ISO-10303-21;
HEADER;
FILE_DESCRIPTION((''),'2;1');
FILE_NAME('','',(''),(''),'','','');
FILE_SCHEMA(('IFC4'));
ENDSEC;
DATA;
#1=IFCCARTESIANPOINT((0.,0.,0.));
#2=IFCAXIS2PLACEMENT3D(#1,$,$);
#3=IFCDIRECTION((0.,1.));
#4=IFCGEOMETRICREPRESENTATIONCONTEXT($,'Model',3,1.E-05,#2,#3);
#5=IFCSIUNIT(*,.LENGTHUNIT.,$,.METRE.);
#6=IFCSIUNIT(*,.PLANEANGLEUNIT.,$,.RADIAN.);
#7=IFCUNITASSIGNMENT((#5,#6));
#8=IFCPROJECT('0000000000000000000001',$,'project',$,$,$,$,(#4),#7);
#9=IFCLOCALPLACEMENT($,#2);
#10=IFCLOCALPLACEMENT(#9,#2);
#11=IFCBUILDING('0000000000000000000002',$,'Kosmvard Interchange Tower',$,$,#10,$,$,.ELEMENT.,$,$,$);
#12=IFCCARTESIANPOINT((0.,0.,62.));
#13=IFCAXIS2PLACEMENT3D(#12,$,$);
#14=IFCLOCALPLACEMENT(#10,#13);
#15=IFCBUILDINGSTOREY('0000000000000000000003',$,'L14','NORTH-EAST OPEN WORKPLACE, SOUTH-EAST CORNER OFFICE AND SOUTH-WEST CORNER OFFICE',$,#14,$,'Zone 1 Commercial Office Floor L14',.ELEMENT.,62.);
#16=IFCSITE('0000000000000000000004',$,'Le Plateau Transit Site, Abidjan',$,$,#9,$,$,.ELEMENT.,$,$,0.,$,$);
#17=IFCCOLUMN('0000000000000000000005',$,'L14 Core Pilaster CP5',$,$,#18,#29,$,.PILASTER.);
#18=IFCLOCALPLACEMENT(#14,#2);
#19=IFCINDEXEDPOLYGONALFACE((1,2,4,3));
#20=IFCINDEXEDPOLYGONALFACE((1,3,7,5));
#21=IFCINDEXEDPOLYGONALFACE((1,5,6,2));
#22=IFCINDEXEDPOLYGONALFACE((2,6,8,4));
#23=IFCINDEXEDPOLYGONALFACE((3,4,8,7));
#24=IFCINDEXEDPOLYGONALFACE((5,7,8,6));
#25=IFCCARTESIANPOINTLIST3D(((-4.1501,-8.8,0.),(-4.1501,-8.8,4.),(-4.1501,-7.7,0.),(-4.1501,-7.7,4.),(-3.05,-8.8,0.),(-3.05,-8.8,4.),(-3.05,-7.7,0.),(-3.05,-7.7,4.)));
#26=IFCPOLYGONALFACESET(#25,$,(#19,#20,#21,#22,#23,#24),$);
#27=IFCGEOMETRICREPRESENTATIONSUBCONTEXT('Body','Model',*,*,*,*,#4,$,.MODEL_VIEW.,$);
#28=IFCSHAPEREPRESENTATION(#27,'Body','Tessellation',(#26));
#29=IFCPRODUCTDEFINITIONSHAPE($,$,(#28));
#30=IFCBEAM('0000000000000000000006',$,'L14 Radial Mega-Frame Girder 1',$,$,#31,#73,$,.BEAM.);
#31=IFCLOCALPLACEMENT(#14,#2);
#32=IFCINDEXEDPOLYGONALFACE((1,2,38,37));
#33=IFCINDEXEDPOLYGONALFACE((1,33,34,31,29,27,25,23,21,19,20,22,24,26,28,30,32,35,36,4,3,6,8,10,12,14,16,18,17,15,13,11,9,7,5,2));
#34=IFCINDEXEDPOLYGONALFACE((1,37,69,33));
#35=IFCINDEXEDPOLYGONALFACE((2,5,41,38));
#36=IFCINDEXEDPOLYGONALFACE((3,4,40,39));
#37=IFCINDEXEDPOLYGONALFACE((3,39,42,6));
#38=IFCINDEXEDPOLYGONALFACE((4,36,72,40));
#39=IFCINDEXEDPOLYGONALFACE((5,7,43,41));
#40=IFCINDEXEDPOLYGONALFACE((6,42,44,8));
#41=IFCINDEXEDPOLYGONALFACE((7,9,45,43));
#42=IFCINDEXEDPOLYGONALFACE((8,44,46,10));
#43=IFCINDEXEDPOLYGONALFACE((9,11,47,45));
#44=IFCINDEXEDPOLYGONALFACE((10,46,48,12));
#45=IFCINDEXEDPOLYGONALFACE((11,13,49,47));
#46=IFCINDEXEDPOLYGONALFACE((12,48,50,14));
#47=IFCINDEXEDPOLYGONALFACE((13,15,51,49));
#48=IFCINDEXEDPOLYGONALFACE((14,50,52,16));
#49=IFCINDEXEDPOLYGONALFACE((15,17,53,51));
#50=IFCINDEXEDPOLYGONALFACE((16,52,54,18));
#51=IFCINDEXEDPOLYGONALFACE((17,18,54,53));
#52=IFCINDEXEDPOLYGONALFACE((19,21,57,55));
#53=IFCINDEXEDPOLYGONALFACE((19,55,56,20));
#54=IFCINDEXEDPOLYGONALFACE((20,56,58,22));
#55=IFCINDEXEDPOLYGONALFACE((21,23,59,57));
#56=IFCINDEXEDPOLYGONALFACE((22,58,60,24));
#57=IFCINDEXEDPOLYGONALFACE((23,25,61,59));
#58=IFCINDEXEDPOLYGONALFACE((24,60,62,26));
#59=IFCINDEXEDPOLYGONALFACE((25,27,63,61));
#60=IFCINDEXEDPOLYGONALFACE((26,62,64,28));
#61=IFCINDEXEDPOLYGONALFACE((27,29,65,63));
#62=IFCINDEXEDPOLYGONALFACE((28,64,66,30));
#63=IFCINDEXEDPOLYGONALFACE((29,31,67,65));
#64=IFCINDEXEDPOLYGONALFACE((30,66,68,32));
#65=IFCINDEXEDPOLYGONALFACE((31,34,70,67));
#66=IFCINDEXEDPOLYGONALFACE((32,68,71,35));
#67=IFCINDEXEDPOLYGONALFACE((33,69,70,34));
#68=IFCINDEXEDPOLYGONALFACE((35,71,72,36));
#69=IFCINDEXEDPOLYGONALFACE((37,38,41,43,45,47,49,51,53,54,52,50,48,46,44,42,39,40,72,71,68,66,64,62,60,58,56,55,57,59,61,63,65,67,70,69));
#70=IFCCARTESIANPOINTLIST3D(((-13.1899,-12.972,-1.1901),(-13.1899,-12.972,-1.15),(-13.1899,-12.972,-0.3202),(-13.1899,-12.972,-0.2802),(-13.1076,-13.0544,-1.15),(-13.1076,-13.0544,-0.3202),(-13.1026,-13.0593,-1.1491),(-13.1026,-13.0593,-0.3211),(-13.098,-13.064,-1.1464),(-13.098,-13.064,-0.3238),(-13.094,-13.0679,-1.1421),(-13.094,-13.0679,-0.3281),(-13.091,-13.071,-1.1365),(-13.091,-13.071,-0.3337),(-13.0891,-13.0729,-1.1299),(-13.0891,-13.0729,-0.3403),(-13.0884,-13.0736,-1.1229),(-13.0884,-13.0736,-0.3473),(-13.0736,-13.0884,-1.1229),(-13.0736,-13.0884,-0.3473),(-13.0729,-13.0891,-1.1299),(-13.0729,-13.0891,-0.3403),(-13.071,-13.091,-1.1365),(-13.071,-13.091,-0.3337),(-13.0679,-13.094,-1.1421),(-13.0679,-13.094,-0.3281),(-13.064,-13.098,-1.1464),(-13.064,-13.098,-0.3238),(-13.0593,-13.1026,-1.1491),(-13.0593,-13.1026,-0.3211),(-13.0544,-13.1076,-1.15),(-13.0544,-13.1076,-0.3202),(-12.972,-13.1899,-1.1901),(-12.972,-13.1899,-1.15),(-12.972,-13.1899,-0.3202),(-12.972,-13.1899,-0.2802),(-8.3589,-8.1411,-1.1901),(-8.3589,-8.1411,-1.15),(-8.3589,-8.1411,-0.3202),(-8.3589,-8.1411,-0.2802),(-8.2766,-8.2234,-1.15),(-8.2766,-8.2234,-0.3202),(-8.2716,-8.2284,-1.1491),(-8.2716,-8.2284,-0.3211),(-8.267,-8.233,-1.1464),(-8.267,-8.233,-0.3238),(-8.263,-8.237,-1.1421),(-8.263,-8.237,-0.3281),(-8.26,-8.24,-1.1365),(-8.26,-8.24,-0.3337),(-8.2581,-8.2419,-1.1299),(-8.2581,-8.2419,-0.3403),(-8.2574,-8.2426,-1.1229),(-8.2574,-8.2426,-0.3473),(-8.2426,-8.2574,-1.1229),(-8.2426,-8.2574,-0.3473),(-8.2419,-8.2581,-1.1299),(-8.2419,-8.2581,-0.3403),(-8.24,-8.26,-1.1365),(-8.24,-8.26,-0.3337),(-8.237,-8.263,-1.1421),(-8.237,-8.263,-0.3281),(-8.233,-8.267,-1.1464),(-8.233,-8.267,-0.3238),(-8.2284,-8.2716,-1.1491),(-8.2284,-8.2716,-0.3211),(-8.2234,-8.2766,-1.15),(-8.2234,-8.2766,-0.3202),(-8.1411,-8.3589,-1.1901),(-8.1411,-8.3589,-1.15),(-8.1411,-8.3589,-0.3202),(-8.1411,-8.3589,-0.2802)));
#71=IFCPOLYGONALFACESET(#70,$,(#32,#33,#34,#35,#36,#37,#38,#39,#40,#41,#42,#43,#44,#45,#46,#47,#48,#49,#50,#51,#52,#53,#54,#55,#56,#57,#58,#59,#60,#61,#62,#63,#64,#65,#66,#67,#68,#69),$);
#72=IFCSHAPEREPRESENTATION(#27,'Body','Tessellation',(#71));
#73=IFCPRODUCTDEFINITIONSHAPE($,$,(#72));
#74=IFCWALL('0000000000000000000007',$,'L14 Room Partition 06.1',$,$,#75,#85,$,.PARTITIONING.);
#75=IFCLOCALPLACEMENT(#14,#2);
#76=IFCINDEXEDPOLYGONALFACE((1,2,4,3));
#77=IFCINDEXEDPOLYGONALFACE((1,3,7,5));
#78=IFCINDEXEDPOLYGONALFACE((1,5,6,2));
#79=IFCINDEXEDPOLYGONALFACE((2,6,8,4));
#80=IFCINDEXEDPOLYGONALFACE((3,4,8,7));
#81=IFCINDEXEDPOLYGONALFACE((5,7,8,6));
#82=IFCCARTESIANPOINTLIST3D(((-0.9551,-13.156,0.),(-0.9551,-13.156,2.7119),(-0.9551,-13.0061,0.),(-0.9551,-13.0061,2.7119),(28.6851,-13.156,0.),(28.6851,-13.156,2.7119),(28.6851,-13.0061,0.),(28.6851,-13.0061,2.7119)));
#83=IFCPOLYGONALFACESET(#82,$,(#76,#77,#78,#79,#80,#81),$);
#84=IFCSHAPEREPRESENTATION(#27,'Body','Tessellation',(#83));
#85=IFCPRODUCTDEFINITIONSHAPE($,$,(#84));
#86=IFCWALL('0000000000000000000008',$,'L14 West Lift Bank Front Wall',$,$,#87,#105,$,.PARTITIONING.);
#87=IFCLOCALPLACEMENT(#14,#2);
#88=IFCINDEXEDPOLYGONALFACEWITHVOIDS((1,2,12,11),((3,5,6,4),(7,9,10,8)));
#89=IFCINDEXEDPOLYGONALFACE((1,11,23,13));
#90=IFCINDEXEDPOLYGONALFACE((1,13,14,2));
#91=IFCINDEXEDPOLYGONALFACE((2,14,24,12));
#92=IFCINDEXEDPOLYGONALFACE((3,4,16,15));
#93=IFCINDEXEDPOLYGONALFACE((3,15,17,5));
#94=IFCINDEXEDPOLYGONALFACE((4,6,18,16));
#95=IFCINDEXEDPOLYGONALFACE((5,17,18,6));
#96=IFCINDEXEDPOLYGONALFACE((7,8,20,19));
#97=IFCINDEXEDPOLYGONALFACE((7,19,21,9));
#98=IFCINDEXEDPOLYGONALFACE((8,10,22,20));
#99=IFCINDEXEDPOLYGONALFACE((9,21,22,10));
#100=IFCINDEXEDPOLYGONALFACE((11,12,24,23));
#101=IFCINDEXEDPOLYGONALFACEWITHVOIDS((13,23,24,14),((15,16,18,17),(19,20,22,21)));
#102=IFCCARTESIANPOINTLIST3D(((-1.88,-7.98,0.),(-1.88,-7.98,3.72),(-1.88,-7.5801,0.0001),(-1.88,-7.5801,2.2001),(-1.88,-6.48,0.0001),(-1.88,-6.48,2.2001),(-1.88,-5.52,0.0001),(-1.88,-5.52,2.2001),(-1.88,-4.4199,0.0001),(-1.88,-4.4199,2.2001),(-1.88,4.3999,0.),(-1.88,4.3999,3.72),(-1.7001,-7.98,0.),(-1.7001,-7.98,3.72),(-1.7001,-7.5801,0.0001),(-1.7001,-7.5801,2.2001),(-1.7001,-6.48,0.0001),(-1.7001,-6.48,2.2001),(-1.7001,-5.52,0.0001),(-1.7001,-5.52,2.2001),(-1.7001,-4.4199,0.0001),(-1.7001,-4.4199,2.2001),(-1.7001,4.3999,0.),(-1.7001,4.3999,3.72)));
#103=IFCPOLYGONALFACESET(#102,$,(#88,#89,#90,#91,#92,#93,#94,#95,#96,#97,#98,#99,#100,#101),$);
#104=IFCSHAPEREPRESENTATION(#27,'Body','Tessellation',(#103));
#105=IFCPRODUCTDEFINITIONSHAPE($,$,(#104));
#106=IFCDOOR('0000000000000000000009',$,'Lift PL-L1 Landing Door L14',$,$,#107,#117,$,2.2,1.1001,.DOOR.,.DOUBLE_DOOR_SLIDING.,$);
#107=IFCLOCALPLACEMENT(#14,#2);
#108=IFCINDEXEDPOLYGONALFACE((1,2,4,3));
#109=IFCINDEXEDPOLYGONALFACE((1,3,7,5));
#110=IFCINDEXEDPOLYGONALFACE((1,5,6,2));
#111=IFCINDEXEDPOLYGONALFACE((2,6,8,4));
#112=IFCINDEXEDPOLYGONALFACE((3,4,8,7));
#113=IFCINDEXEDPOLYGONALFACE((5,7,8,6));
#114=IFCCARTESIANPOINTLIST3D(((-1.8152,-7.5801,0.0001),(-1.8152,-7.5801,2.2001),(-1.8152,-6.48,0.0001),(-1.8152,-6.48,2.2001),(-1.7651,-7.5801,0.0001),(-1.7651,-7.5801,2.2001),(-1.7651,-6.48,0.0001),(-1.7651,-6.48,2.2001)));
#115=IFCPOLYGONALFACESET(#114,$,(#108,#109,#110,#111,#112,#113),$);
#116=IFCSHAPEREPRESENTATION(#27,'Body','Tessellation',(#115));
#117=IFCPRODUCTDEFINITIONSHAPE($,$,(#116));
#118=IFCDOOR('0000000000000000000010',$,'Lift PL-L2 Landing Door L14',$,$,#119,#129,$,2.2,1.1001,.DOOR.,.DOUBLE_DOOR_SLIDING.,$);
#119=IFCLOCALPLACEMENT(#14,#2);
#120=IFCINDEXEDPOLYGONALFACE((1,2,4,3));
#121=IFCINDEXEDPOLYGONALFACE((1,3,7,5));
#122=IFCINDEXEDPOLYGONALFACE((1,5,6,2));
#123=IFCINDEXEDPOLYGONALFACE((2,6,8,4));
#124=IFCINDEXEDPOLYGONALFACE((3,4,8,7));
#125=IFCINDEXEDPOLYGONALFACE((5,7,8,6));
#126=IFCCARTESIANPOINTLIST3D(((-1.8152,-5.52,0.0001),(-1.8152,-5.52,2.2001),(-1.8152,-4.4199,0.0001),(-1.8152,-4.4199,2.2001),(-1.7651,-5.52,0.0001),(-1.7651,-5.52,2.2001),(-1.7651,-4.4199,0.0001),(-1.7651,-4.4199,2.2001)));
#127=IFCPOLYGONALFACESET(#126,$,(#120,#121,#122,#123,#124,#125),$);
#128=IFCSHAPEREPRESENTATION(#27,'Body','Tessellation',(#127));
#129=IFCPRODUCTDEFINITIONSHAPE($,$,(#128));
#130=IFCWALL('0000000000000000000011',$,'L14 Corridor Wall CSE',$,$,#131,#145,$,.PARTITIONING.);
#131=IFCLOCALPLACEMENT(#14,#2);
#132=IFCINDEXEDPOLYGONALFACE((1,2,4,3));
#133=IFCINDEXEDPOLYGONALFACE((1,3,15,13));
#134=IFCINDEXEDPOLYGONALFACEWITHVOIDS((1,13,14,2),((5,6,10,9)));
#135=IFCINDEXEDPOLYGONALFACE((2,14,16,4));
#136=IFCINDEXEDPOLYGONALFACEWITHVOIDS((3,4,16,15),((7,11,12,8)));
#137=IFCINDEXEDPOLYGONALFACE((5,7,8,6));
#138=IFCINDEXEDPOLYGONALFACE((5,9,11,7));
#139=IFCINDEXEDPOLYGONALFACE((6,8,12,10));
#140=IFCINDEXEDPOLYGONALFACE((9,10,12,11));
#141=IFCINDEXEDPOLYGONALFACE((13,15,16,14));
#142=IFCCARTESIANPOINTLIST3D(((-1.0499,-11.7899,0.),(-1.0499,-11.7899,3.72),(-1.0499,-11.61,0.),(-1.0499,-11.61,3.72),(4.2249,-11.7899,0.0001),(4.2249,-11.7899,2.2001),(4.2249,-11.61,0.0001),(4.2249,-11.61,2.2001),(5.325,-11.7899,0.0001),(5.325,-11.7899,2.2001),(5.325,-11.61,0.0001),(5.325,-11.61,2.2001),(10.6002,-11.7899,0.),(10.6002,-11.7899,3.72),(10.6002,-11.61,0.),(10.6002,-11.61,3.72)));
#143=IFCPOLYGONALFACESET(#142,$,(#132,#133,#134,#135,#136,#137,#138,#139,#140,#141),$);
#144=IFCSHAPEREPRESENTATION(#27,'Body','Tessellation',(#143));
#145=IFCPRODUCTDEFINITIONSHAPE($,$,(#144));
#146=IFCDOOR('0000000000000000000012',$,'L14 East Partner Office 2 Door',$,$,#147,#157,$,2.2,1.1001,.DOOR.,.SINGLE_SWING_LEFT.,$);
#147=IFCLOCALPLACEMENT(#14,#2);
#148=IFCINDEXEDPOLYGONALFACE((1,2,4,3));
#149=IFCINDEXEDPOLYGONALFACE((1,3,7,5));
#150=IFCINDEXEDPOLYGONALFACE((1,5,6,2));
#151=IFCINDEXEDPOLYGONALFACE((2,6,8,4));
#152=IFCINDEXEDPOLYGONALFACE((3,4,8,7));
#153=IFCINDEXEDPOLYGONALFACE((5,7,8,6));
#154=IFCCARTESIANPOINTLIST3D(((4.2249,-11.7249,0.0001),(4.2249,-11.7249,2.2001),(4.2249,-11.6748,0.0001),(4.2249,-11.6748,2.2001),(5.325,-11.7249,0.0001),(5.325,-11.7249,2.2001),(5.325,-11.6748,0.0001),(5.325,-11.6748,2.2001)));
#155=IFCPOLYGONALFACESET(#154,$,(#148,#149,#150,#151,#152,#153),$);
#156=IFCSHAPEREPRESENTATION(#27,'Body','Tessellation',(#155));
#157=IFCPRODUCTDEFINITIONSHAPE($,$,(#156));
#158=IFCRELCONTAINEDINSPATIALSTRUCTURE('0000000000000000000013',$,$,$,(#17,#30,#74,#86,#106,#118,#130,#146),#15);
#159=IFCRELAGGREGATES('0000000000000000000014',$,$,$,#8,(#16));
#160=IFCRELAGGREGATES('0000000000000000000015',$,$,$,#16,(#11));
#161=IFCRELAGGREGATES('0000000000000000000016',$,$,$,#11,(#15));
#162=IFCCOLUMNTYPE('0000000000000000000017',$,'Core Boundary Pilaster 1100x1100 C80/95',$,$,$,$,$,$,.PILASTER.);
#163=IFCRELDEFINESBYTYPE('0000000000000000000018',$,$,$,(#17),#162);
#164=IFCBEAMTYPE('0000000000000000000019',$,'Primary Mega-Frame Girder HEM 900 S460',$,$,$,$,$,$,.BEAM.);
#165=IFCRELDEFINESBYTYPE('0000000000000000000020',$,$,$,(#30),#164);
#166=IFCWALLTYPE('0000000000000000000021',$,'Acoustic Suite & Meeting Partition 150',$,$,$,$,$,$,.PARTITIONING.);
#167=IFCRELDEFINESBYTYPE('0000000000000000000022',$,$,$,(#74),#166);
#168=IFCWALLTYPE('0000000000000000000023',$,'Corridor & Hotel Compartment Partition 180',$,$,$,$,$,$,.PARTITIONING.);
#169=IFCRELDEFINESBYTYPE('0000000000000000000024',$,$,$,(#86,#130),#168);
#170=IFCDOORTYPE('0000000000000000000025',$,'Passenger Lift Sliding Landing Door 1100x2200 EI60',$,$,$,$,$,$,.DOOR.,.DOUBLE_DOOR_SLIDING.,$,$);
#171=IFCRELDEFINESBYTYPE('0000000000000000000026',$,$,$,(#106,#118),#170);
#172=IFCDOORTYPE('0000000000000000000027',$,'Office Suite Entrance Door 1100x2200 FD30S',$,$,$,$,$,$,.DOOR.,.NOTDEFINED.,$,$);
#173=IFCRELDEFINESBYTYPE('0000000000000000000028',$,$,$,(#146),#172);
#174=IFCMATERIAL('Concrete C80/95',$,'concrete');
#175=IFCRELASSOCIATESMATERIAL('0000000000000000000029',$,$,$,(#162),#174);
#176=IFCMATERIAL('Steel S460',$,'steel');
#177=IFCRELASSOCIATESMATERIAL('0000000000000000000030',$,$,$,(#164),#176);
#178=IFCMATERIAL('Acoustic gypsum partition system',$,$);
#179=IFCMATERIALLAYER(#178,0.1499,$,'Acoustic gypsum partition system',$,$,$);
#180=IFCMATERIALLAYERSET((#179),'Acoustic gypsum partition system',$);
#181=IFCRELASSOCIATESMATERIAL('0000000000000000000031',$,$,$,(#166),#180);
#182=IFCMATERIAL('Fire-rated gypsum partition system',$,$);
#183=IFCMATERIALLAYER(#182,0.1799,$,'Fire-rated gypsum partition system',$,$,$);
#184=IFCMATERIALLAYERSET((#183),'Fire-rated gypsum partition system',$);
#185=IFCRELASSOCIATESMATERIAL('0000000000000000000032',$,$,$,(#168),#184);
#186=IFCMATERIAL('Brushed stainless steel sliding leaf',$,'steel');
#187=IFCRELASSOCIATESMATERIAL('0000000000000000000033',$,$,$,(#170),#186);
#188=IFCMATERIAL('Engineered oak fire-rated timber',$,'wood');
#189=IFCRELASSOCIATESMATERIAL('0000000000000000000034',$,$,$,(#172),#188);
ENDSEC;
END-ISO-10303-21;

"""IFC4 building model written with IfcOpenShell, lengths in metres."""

from ifc_helpers import new_model, si_unit, direction, frame, frame_2d, origin, origin_2d, place, context, subcontext, project, spatial, rectangle, i_section, extrude, source, transform, mapped, material, layer, layer_set, material_profile, profile_set, type_object, element, fill, save


model = new_model("IFC4")

# Units and contexts
model_context = context("Model", 3, precision=1e-05, world=origin(), true_north=direction((0.0, 1.0)))
body_context = subcontext(model_context, "Body", "Model", "MODEL_VIEW")
ifc_project = project(units=[si_unit("LENGTHUNIT", "METRE"), si_unit("PLANEANGLEUNIT", "RADIAN")], contexts=[model_context])

# Site, building, storey
site_placement = place(None, origin())
site = spatial("IfcSite", under=ifc_project, at=site_placement, Name="Le Plateau Transit Site, Abidjan", CompositionType="ELEMENT", RefElevation=0.0)
building_placement = place(site_placement, origin())
building = spatial("IfcBuilding", under=site, at=building_placement, Name="Kosmvard Interchange Tower", CompositionType="ELEMENT")
storey_placement = place(building_placement, frame((0.0, 0.0, 62.0)))
storey = spatial("IfcBuildingStorey", under=building, at=storey_placement, Name="L14", Description="NORTH-EAST OPEN WORKPLACE, SOUTH-EAST CORNER OFFICE AND SOUTH-WEST CORNER OFFICE", LongName="Zone 1 Commercial Office Floor L14", CompositionType="ELEMENT", Elevation=62.0)

# Column
ifc_material_1 = material(Name="Concrete C80/95", Category="concrete")
ifc_material_profile_1 = material_profile(ifc_material_1, rectangle(XDim=1.1001, YDim=1.1001, at=origin_2d()), Name="CP 1100x1100")
ifc_profile_set_1 = profile_set([ifc_material_profile_1], Name="Concrete C80/95")
column_type = type_object("IfcColumnType", Name="Core Boundary Pilaster 1100x1100 C80/95", PredefinedType="PILASTER", material=ifc_profile_set_1)
shared_shape_1 = source(origin(), body_context, "Body", "SweptSolid", [
    extrude(rectangle(XDim=1.1001, YDim=1.1001, at=origin_2d()), origin(), (0.0, 0.0, 1.0), 4.0),
])
column_placement = place(storey_placement, frame((-3.6001, -8.25, 0.0), z_axis=(0.0, 0.0, 1.0), x_axis=(1.0, 0.0, 0.0)))
element("IfcColumn", 1, at=column_placement, inside=storey, type_object=column_type, Name="L14 Core Pilaster CP5", PredefinedType="PILASTER", context=body_context, shape_type="MappedRepresentation", body=[
    mapped(shared_shape_1, transform((0.0, 0.0, 0.0), scale=1.0)),
])

# Beam
ifc_material_2 = material(Name="Steel S460", Category="steel")
ifc_material_profile_2 = material_profile(ifc_material_2, i_section(OverallWidth=0.3081, OverallDepth=0.9099, WebThickness=0.021, FlangeThickness=0.04, FilletRadius=0.0271, at=origin_2d()), Name="HEM 900")
ifc_profile_set_2 = profile_set([ifc_material_profile_2], Name="Steel S460")
beam_type = type_object("IfcBeamType", Name="Primary Mega-Frame Girder HEM 900 S460", PredefinedType="BEAM", material=ifc_profile_set_2)
shared_shape_2 = source(origin(), body_context, "Body", "SweptSolid", [
    extrude(i_section(OverallWidth=0.3081, OverallDepth=0.9099, WebThickness=0.021, FlangeThickness=0.04, FilletRadius=0.0271, at=origin_2d()), origin(), (0.0, 0.0, 1.0), 6.832),
])
beam_placement = place(storey_placement, frame((-8.25, -8.25, -0.7351), z_axis=(-0.707107, -0.707107, 0.0), x_axis=(0.707107, -0.707107, 0.0)))
element("IfcBeam", 2, at=beam_placement, inside=storey, type_object=beam_type, Name="L14 Radial Mega-Frame Girder 1", PredefinedType="BEAM", context=body_context, shape_type="MappedRepresentation", body=[
    mapped(shared_shape_2, transform((0.0, 0.0, 0.0), scale=1.0)),
])

# Wall
ifc_material_3 = material(Name="Acoustic gypsum partition system")
ifc_layer_1 = layer(ifc_material_3, 0.1499, Name="Acoustic gypsum partition system")
ifc_layer_set_1 = layer_set([ifc_layer_1], Name="Acoustic gypsum partition system")
wall_type_1 = type_object("IfcWallType", Name="Acoustic Suite & Meeting Partition 150", PredefinedType="PARTITIONING", material=ifc_layer_set_1)
wall_1_placement = place(storey_placement, frame((-0.9551, -13.0811, 0.0), z_axis=(0.0, 0.0, 1.0), x_axis=(1.0, 0.0, 0.0)))
element("IfcWall", 3, at=wall_1_placement, inside=storey, type_object=wall_type_1, Name="L14 Room Partition 06.1", PredefinedType="PARTITIONING", context=body_context, shape_type="SweptSolid", body=[
    extrude(rectangle(XDim=29.6401, YDim=0.1499, at=frame_2d((14.8201, 0.0))), origin(), (0.0, 0.0, 1.0), 2.7119),
])

# Wall, openings, doors
ifc_material_4 = material(Name="Fire-rated gypsum partition system")
ifc_layer_2 = layer(ifc_material_4, 0.1799, Name="Fire-rated gypsum partition system")
ifc_layer_set_2 = layer_set([ifc_layer_2], Name="Fire-rated gypsum partition system")
wall_type_2 = type_object("IfcWallType", Name="Corridor & Hotel Compartment Partition 180", PredefinedType="PARTITIONING", material=ifc_layer_set_2)
wall_2_placement = place(storey_placement, frame((-1.79, -7.98, 0.0), z_axis=(0.0, 0.0, 1.0), x_axis=(0.0, 1.0, 0.0)))
wall_2 = element("IfcWall", 4, at=wall_2_placement, inside=storey, type_object=wall_type_2, Name="L14 West Lift Bank Front Wall", PredefinedType="PARTITIONING", context=body_context, shape_type="SweptSolid", body=[
    extrude(rectangle(XDim=12.3799, YDim=0.1799, at=frame_2d((6.1899, 0.0))), origin(), (0.0, 0.0, 1.0), 3.72),
])
opening_1_placement = place(wall_2_placement, frame((0.3999, 0.0, 0.0)))
opening_1 = element("IfcOpeningElement", 5, at=opening_1_placement, cuts=wall_2, PredefinedType="OPENING", context=body_context, shape_type="SweptSolid", body=[
    extrude(rectangle(XDim=1.1001, YDim=2.2, at=frame_2d((0.55, 1.1001))), frame((0.0, 0.1001, 0.0), z_axis=(0.0, -1.0, 0.0), x_axis=(1.0, 0.0, 0.0)), (0.0, 0.0, 1.0), 0.2),
])
opening_2_placement = place(wall_2_placement, frame((2.46, 0.0, 0.0)))
opening_2 = element("IfcOpeningElement", 6, at=opening_2_placement, cuts=wall_2, PredefinedType="OPENING", context=body_context, shape_type="SweptSolid", body=[
    extrude(rectangle(XDim=1.1001, YDim=2.2, at=frame_2d((0.55, 1.1001))), frame((0.0, 0.1001, 0.0), z_axis=(0.0, -1.0, 0.0), x_axis=(1.0, 0.0, 0.0)), (0.0, 0.0, 1.0), 0.2),
])
ifc_material_5 = material(Name="Brushed stainless steel sliding leaf", Category="steel")
door_type_1 = type_object("IfcDoorType", Name="Passenger Lift Sliding Landing Door 1100x2200 EI60", OperationType="DOUBLE_DOOR_SLIDING", PredefinedType="DOOR", material=ifc_material_5)
shared_shape_3 = source(origin(), body_context, "Body", "SweptSolid", [
    extrude(rectangle(XDim=1.1001, YDim=2.2, at=frame_2d((0.55, 1.1001))), frame((0.0, 0.0249, 0.0), z_axis=(0.0, -1.0, 0.0), x_axis=(1.0, 0.0, 0.0)), (0.0, 0.0, 1.0), 0.05),
])
door_1_placement = place(opening_1_placement, frame((1.1001, 0.0, 0.0), z_axis=(0.0, 0.0, 1.0), x_axis=(-1.0, 0.0, 0.0)))
door_1 = element("IfcDoor", 7, at=door_1_placement, inside=storey, type_object=door_type_1, Name="Lift PL-L1 Landing Door L14", OperationType="DOUBLE_DOOR_SLIDING", OverallHeight=2.2, OverallWidth=1.1001, PredefinedType="DOOR", context=body_context, shape_type="MappedRepresentation", body=[
    mapped(shared_shape_3, transform((0.0, 0.0, 0.0), scale=1.0)),
])
fill(opening_1, door_1)
door_2_placement = place(opening_2_placement, frame((1.1001, 0.0, 0.0), z_axis=(0.0, 0.0, 1.0), x_axis=(-1.0, 0.0, 0.0)))
door_2 = element("IfcDoor", 8, at=door_2_placement, inside=storey, type_object=door_type_1, Name="Lift PL-L2 Landing Door L14", OperationType="DOUBLE_DOOR_SLIDING", OverallHeight=2.2, OverallWidth=1.1001, PredefinedType="DOOR", context=body_context, shape_type="MappedRepresentation", body=[
    mapped(shared_shape_3, transform((0.0, 0.0, 0.0), scale=1.0)),
])
fill(opening_2, door_2)

# Wall, opening, door
wall_3_placement = place(storey_placement, frame((-1.05, -11.7, 0.0), z_axis=(0.0, 0.0, 1.0), x_axis=(1.0, 0.0, 0.0)))
wall_3 = element("IfcWall", 9, at=wall_3_placement, inside=storey, type_object=wall_type_2, Name="L14 Corridor Wall CSE", PredefinedType="PARTITIONING", context=body_context, shape_type="SweptSolid", body=[
    extrude(rectangle(XDim=11.6501, YDim=0.1799, at=frame_2d((5.8252, 0.0))), origin(), (0.0, 0.0, 1.0), 3.72),
])
opening_3_placement = place(wall_3_placement, frame((5.2749, 0.0, 0.0)))
opening_3 = element("IfcOpeningElement", 10, at=opening_3_placement, cuts=wall_3, PredefinedType="OPENING", context=body_context, shape_type="SweptSolid", body=[
    extrude(rectangle(XDim=1.1001, YDim=2.2, at=frame_2d((0.55, 1.1001))), frame((0.0, 0.1001, 0.0), z_axis=(0.0, -1.0, 0.0), x_axis=(1.0, 0.0, 0.0)), (0.0, 0.0, 1.0), 0.2),
])
ifc_material_6 = material(Name="Engineered oak fire-rated timber", Category="wood")
door_type_2 = type_object("IfcDoorType", Name="Office Suite Entrance Door 1100x2200 FD30S", OperationType="NOTDEFINED", PredefinedType="DOOR", material=ifc_material_6)
door_3_placement = place(opening_3_placement, frame((1.1001, 0.0, 0.0), z_axis=(0.0, 0.0, 1.0), x_axis=(-1.0, 0.0, 0.0)))
door_3 = element("IfcDoor", 11, at=door_3_placement, inside=storey, type_object=door_type_2, Name="L14 East Partner Office 2 Door", OperationType="SINGLE_SWING_LEFT", OverallHeight=2.2, OverallWidth=1.1001, PredefinedType="DOOR", context=body_context, shape_type="MappedRepresentation", body=[
    mapped(shared_shape_3, transform((0.0, 0.0, 0.0), scale=1.0)),
])
fill(opening_3, door_3)

save(model, "model.ifc")
